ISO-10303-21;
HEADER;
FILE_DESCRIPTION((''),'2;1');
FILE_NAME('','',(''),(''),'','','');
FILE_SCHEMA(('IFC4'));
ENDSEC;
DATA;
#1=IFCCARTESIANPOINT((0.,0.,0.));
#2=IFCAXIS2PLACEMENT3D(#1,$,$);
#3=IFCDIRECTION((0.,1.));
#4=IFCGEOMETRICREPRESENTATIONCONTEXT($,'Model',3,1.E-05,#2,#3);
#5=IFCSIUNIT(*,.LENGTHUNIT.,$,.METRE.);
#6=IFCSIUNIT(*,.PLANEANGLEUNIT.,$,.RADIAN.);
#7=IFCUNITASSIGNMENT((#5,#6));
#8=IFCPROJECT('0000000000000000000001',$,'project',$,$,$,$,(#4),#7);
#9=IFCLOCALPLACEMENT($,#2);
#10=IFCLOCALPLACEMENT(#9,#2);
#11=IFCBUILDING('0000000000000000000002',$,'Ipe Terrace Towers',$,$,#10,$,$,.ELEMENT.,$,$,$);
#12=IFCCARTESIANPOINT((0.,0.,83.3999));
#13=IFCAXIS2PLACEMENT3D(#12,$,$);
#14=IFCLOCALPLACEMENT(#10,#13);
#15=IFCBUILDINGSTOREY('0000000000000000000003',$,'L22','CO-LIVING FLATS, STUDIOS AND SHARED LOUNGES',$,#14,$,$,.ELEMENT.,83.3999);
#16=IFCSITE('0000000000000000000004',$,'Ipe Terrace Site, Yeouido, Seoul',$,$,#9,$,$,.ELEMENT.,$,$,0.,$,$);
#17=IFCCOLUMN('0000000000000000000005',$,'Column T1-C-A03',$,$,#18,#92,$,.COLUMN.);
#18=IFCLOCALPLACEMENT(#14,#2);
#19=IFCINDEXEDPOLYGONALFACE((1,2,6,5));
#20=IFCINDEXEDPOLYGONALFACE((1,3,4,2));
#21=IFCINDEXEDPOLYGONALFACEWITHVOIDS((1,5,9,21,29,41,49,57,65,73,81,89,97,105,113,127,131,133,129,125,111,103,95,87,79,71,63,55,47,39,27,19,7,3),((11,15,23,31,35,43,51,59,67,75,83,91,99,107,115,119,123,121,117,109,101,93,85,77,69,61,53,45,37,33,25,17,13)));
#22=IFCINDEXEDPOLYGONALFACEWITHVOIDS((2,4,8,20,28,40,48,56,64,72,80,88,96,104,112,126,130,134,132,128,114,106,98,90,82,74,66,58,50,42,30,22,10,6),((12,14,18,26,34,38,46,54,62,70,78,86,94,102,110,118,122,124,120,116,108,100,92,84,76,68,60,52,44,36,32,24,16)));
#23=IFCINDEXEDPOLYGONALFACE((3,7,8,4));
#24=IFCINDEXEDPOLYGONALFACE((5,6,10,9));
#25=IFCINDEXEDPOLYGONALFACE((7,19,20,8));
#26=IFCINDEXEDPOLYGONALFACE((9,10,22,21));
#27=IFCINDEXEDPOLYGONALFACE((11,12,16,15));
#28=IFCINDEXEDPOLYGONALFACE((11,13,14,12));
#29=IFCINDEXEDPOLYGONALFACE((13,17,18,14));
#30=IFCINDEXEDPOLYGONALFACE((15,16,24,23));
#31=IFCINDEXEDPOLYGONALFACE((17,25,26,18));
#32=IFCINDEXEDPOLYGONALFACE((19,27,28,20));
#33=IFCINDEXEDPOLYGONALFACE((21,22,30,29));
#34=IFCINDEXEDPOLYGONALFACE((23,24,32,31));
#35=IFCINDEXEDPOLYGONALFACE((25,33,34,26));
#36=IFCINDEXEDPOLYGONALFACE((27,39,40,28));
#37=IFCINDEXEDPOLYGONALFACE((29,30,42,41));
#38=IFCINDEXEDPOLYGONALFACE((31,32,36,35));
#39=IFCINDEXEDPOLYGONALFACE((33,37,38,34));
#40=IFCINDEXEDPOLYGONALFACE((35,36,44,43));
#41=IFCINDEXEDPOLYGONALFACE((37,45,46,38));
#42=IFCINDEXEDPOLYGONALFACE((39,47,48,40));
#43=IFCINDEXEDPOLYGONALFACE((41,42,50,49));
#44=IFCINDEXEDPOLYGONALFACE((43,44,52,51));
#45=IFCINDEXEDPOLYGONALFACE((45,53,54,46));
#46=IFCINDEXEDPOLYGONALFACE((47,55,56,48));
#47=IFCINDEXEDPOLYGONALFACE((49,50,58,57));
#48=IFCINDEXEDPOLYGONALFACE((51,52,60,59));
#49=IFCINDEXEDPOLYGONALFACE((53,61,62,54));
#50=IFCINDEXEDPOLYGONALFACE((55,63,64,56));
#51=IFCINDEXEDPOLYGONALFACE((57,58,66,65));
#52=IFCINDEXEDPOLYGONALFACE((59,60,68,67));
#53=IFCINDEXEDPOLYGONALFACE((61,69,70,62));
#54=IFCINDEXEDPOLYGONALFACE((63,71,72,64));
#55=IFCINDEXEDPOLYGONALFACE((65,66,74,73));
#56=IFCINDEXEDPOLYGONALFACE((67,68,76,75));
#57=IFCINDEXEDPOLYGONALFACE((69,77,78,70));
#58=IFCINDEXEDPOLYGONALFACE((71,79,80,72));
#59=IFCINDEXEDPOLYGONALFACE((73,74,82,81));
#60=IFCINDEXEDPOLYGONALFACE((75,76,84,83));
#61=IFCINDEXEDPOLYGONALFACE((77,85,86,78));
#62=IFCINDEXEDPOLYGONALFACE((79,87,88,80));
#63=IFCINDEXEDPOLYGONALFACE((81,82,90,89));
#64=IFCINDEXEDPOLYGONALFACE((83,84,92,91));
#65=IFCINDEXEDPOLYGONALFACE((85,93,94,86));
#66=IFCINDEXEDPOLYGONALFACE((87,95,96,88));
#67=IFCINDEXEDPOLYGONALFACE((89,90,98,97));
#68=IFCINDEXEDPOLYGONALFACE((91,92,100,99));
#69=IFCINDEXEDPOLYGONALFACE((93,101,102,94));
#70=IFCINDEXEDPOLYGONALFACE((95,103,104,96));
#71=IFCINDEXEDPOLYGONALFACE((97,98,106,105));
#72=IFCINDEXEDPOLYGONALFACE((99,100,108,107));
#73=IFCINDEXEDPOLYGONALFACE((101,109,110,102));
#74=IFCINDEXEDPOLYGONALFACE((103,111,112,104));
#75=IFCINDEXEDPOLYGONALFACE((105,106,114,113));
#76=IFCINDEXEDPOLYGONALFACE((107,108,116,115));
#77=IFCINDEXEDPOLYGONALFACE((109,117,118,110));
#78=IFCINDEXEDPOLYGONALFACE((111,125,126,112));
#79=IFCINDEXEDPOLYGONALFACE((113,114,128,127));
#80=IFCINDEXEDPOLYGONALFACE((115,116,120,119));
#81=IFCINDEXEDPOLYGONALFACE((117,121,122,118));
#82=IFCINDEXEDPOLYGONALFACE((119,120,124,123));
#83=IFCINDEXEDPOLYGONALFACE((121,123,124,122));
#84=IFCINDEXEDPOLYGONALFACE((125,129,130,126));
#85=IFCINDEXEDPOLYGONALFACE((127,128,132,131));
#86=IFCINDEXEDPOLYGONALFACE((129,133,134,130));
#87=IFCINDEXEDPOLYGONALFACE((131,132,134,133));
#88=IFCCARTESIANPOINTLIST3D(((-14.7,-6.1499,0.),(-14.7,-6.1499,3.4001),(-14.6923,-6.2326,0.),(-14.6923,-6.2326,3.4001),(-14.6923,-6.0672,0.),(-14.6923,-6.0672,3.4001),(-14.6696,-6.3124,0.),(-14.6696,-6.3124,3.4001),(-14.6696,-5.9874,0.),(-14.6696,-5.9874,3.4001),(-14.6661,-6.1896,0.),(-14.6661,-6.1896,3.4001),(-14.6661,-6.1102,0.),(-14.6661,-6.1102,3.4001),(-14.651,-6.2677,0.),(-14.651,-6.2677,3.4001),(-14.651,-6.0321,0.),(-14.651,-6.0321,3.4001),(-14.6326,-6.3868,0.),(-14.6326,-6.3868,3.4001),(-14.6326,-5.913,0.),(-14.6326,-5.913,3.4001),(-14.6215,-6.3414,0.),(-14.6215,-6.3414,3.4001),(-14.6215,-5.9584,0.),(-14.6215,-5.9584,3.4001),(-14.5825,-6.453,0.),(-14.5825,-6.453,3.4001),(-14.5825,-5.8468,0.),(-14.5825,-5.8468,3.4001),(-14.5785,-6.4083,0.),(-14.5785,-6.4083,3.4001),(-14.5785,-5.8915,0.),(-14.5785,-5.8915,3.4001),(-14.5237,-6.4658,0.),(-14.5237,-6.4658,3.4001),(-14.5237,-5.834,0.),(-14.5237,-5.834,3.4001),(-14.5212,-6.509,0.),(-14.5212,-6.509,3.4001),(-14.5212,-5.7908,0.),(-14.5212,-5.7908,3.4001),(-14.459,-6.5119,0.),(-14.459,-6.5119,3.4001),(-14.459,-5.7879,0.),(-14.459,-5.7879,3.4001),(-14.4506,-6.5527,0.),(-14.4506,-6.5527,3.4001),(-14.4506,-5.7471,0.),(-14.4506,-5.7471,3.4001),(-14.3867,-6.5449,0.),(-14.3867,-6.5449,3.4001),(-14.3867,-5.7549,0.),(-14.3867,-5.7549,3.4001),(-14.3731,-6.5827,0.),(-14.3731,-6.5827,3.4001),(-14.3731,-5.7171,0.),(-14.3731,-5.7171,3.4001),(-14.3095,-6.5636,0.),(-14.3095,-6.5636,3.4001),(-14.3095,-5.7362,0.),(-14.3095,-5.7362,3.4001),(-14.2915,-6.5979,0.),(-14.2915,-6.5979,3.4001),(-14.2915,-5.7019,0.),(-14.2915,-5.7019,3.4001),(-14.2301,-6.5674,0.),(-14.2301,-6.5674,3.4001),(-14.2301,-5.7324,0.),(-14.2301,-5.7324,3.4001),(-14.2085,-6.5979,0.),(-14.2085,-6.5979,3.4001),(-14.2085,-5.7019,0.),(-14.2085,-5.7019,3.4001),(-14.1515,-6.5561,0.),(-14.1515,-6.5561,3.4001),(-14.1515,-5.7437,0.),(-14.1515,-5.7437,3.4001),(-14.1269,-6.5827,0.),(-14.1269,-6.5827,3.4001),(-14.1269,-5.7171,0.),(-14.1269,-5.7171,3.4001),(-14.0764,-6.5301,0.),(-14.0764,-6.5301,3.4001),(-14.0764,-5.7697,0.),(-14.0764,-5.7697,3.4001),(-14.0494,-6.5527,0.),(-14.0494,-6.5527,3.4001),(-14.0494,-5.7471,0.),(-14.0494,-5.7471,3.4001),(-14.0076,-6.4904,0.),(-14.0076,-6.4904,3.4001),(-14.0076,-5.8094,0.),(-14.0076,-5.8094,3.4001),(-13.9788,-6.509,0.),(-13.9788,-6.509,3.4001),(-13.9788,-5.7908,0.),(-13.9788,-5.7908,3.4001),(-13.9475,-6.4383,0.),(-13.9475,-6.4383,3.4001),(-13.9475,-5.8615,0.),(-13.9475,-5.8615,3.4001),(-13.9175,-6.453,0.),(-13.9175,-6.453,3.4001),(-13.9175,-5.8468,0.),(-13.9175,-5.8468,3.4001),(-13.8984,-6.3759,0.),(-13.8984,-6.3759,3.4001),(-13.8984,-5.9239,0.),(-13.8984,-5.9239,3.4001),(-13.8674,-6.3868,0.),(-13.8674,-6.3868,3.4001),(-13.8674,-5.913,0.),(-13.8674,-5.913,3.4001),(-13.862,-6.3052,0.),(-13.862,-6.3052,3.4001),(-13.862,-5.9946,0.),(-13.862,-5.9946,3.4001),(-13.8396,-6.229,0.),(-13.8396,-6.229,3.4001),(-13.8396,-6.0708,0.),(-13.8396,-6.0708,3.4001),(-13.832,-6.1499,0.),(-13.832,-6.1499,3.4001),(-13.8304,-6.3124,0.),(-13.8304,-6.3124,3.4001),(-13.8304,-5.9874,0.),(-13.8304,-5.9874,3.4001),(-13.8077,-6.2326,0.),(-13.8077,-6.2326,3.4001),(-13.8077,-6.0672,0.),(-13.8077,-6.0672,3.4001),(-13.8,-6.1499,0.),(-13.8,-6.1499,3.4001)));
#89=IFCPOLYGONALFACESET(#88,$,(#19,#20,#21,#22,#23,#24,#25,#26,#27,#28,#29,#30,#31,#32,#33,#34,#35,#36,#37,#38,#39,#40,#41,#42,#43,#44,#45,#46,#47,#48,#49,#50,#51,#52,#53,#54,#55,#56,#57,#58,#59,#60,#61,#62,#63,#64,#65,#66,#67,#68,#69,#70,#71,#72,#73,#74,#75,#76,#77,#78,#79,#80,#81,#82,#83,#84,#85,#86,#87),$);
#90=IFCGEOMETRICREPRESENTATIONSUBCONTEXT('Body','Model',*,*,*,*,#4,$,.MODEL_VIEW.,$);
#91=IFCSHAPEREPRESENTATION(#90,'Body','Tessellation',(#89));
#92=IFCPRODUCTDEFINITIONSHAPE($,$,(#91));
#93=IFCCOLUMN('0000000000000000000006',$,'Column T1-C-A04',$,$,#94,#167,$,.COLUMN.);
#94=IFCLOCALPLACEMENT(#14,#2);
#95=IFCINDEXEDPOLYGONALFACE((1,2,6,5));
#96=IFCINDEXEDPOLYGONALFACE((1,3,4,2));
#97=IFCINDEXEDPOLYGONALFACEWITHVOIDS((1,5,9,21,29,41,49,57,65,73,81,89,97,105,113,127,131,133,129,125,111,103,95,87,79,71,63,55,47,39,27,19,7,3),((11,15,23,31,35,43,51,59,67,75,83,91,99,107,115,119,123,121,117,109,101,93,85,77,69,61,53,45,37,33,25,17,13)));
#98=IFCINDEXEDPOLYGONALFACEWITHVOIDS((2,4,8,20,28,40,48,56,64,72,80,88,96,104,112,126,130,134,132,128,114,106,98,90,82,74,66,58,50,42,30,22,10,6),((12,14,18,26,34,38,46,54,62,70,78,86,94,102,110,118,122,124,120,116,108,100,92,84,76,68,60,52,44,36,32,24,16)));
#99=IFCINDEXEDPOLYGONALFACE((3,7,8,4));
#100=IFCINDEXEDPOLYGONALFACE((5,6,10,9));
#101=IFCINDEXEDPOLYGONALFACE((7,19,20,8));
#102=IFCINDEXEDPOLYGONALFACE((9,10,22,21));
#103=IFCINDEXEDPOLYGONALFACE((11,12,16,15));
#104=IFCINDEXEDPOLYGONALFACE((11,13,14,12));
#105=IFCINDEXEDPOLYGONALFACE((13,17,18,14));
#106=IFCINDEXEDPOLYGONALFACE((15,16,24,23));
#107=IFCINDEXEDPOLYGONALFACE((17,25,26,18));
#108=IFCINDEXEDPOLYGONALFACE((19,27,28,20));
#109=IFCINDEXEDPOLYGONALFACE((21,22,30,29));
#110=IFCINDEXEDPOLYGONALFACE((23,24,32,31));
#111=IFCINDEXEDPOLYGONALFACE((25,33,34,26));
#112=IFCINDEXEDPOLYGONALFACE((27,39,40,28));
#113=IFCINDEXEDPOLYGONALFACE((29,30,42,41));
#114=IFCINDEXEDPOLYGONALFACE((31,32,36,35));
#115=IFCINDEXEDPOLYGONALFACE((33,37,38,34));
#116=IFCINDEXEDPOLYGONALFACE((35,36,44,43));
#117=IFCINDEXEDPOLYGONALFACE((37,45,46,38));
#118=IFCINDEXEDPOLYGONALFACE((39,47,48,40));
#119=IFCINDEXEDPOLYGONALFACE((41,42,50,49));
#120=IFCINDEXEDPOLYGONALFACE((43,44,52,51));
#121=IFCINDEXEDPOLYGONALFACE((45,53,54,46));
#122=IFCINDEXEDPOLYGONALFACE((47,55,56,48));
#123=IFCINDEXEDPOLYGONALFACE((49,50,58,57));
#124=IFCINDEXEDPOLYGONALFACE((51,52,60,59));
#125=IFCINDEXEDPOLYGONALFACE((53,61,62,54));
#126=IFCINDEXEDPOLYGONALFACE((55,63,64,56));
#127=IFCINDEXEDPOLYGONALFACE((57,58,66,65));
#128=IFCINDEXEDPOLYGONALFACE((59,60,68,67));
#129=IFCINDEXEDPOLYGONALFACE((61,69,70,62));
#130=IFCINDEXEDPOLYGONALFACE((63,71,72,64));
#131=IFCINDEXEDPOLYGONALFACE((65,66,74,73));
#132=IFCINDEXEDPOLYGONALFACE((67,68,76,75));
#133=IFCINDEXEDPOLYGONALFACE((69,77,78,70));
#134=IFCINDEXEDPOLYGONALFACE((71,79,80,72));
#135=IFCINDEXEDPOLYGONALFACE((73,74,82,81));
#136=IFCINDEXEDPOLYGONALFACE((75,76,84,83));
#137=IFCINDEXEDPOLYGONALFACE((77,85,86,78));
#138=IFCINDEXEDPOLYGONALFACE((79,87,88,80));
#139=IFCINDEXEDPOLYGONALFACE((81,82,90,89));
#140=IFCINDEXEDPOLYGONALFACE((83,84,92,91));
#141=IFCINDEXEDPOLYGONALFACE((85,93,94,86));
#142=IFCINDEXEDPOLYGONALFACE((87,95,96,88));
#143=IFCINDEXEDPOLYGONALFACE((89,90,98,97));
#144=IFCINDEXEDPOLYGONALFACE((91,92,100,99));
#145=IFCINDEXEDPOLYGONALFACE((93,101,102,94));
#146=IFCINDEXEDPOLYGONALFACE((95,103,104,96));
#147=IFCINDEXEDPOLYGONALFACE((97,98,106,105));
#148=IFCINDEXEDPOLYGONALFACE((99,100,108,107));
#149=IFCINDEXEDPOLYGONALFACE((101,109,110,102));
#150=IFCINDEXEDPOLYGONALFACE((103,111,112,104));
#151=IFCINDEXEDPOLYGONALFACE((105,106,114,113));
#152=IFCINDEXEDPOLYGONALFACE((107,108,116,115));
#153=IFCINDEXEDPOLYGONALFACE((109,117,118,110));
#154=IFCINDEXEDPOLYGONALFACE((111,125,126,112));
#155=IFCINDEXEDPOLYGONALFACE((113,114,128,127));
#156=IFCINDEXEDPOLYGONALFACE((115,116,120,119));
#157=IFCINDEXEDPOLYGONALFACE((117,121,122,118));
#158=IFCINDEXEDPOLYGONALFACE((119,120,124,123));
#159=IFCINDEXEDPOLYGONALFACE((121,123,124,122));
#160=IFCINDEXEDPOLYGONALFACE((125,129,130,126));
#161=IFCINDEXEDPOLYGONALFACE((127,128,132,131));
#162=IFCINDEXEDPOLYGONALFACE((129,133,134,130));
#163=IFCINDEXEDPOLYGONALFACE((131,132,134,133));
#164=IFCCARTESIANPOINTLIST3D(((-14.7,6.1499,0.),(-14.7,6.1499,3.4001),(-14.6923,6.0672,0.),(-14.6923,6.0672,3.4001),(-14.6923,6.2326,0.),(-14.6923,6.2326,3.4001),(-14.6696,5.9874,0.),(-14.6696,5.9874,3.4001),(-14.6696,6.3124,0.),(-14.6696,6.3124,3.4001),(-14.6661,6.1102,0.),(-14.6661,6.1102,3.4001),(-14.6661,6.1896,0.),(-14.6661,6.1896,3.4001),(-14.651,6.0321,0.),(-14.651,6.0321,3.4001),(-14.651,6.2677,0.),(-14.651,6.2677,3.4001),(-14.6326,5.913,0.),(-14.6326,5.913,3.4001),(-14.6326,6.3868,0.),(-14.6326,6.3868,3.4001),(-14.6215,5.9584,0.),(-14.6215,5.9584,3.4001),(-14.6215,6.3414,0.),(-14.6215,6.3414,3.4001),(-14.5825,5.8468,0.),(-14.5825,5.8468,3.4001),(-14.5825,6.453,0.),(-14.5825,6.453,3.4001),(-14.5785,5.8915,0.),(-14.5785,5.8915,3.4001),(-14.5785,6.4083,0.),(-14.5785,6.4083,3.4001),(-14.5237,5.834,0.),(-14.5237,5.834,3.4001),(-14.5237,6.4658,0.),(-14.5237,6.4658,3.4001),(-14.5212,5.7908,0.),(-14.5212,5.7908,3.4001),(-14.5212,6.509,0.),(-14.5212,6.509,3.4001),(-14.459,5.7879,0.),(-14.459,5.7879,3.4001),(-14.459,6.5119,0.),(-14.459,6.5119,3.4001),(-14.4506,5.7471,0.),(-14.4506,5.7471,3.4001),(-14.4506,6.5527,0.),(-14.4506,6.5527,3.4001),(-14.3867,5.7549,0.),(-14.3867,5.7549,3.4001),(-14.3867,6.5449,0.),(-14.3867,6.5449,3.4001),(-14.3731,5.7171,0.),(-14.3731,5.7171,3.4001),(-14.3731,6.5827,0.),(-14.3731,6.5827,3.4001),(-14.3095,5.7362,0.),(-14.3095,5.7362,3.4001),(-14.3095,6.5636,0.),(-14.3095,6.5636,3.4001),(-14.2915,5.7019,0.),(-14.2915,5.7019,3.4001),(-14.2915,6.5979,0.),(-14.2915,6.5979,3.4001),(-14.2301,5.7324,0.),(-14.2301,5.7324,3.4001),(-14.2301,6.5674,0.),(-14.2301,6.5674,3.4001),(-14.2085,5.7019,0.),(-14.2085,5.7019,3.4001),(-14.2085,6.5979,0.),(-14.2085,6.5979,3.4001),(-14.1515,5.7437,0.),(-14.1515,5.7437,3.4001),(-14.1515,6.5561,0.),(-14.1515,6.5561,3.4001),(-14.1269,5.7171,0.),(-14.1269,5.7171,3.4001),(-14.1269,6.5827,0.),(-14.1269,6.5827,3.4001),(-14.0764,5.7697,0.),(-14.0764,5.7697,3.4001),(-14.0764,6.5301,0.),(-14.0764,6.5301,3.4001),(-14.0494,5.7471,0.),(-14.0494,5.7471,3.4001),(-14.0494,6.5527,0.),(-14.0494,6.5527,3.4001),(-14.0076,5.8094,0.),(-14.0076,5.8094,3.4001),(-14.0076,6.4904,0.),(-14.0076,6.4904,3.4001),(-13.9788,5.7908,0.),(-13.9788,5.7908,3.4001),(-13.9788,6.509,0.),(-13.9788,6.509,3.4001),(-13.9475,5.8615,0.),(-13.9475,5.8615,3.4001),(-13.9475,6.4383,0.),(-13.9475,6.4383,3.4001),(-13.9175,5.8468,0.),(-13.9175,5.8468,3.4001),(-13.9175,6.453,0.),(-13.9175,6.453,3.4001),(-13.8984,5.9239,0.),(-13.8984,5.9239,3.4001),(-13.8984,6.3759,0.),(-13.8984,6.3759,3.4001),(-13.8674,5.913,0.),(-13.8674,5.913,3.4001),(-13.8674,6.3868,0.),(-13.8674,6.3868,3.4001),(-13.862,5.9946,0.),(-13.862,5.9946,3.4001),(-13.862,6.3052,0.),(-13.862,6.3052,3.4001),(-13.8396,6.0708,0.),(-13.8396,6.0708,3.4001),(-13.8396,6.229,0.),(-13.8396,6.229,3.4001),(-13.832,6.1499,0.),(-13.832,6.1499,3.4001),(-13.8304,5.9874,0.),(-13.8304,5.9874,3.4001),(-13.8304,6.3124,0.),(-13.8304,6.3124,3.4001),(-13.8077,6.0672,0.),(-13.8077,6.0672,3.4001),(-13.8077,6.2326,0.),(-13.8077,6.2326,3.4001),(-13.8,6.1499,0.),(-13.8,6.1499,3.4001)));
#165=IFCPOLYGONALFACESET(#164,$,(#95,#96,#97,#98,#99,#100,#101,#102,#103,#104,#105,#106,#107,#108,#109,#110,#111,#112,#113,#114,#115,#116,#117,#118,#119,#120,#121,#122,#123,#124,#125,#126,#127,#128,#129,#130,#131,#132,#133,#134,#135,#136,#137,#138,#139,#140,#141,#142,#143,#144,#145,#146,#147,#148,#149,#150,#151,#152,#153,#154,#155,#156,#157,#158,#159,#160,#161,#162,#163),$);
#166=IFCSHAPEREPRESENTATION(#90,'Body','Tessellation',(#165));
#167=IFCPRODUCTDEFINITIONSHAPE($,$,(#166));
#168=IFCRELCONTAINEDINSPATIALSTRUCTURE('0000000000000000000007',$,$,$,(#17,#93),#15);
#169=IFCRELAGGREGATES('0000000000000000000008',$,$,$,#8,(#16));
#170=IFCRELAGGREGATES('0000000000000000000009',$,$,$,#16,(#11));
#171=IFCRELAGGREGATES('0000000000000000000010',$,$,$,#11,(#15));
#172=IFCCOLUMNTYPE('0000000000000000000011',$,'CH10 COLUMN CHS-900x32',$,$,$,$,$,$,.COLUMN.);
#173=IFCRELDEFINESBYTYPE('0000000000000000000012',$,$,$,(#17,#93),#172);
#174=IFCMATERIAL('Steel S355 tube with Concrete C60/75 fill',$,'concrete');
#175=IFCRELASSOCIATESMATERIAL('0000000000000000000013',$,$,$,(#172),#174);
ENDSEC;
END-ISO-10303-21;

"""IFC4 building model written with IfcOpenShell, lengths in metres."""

from ifc_helpers import new_model, si_unit, direction, frame, origin, origin_2d, place, context, subcontext, project, spatial, hollow_circle, extrude, material, material_profile, profile_set, type_object, element, save


model = new_model("IFC4")

# Units and contexts
model_context = context("Model", 3, precision=1e-05, world=origin(), true_north=direction((0.0, 1.0)))
body_context = subcontext(model_context, "Body", "Model", "MODEL_VIEW")
ifc_project = project(units=[si_unit("LENGTHUNIT", "METRE"), si_unit("PLANEANGLEUNIT", "RADIAN")], contexts=[model_context])

# Site, building, storey
site_placement = place(None, origin())
site = spatial("IfcSite", under=ifc_project, at=site_placement, Name="Ipe Terrace Site, Yeouido, Seoul", CompositionType="ELEMENT", RefElevation=0.0)
building_placement = place(site_placement, origin())
building = spatial("IfcBuilding", under=site, at=building_placement, Name="Ipe Terrace Towers", CompositionType="ELEMENT")
storey_placement = place(building_placement, frame((0.0, 0.0, 83.3999)))
storey = spatial("IfcBuildingStorey", under=building, at=storey_placement, Name="L22", Description="CO-LIVING FLATS, STUDIOS AND SHARED LOUNGES", CompositionType="ELEMENT", Elevation=83.3999)

# Columns
ifc_material_1 = material(Name="Steel S355 tube with Concrete C60/75 fill", Category="concrete")
ifc_material_profile_1 = material_profile(ifc_material_1, hollow_circle(Radius=0.45, WallThickness=0.032, at=origin_2d()), Name="CHS-900x32")
ifc_profile_set_1 = profile_set([ifc_material_profile_1], Name="Steel S355 tube with Concrete C60/75 fill")
column_type = type_object("IfcColumnType", Name="CH10 COLUMN CHS-900x32", PredefinedType="COLUMN", material=ifc_profile_set_1)
for number, where, z_axis, x_axis, name in (
    (1, (-14.25, -6.1499, 0.0), (0.0, 0.0, 1.0), (1.0, 0.0, 0.0), "Column T1-C-A03"),
    (2, (-14.25, 6.1499, 0.0), (0.0, 0.0, 1.0), (1.0, 0.0, 0.0), "Column T1-C-A04"),
):
    element("IfcColumn", number, at=place(storey_placement, frame(where, z_axis=z_axis, x_axis=x_axis)), inside=storey, type_object=column_type, Name=name, PredefinedType="COLUMN", context=body_context, shape_type="SweptSolid", body=[
        extrude(hollow_circle(Radius=0.45, WallThickness=0.032, at=origin_2d()), origin(), (0.0, 0.0, 1.0), 3.4001),
    ])

save(model, "model.ifc")
